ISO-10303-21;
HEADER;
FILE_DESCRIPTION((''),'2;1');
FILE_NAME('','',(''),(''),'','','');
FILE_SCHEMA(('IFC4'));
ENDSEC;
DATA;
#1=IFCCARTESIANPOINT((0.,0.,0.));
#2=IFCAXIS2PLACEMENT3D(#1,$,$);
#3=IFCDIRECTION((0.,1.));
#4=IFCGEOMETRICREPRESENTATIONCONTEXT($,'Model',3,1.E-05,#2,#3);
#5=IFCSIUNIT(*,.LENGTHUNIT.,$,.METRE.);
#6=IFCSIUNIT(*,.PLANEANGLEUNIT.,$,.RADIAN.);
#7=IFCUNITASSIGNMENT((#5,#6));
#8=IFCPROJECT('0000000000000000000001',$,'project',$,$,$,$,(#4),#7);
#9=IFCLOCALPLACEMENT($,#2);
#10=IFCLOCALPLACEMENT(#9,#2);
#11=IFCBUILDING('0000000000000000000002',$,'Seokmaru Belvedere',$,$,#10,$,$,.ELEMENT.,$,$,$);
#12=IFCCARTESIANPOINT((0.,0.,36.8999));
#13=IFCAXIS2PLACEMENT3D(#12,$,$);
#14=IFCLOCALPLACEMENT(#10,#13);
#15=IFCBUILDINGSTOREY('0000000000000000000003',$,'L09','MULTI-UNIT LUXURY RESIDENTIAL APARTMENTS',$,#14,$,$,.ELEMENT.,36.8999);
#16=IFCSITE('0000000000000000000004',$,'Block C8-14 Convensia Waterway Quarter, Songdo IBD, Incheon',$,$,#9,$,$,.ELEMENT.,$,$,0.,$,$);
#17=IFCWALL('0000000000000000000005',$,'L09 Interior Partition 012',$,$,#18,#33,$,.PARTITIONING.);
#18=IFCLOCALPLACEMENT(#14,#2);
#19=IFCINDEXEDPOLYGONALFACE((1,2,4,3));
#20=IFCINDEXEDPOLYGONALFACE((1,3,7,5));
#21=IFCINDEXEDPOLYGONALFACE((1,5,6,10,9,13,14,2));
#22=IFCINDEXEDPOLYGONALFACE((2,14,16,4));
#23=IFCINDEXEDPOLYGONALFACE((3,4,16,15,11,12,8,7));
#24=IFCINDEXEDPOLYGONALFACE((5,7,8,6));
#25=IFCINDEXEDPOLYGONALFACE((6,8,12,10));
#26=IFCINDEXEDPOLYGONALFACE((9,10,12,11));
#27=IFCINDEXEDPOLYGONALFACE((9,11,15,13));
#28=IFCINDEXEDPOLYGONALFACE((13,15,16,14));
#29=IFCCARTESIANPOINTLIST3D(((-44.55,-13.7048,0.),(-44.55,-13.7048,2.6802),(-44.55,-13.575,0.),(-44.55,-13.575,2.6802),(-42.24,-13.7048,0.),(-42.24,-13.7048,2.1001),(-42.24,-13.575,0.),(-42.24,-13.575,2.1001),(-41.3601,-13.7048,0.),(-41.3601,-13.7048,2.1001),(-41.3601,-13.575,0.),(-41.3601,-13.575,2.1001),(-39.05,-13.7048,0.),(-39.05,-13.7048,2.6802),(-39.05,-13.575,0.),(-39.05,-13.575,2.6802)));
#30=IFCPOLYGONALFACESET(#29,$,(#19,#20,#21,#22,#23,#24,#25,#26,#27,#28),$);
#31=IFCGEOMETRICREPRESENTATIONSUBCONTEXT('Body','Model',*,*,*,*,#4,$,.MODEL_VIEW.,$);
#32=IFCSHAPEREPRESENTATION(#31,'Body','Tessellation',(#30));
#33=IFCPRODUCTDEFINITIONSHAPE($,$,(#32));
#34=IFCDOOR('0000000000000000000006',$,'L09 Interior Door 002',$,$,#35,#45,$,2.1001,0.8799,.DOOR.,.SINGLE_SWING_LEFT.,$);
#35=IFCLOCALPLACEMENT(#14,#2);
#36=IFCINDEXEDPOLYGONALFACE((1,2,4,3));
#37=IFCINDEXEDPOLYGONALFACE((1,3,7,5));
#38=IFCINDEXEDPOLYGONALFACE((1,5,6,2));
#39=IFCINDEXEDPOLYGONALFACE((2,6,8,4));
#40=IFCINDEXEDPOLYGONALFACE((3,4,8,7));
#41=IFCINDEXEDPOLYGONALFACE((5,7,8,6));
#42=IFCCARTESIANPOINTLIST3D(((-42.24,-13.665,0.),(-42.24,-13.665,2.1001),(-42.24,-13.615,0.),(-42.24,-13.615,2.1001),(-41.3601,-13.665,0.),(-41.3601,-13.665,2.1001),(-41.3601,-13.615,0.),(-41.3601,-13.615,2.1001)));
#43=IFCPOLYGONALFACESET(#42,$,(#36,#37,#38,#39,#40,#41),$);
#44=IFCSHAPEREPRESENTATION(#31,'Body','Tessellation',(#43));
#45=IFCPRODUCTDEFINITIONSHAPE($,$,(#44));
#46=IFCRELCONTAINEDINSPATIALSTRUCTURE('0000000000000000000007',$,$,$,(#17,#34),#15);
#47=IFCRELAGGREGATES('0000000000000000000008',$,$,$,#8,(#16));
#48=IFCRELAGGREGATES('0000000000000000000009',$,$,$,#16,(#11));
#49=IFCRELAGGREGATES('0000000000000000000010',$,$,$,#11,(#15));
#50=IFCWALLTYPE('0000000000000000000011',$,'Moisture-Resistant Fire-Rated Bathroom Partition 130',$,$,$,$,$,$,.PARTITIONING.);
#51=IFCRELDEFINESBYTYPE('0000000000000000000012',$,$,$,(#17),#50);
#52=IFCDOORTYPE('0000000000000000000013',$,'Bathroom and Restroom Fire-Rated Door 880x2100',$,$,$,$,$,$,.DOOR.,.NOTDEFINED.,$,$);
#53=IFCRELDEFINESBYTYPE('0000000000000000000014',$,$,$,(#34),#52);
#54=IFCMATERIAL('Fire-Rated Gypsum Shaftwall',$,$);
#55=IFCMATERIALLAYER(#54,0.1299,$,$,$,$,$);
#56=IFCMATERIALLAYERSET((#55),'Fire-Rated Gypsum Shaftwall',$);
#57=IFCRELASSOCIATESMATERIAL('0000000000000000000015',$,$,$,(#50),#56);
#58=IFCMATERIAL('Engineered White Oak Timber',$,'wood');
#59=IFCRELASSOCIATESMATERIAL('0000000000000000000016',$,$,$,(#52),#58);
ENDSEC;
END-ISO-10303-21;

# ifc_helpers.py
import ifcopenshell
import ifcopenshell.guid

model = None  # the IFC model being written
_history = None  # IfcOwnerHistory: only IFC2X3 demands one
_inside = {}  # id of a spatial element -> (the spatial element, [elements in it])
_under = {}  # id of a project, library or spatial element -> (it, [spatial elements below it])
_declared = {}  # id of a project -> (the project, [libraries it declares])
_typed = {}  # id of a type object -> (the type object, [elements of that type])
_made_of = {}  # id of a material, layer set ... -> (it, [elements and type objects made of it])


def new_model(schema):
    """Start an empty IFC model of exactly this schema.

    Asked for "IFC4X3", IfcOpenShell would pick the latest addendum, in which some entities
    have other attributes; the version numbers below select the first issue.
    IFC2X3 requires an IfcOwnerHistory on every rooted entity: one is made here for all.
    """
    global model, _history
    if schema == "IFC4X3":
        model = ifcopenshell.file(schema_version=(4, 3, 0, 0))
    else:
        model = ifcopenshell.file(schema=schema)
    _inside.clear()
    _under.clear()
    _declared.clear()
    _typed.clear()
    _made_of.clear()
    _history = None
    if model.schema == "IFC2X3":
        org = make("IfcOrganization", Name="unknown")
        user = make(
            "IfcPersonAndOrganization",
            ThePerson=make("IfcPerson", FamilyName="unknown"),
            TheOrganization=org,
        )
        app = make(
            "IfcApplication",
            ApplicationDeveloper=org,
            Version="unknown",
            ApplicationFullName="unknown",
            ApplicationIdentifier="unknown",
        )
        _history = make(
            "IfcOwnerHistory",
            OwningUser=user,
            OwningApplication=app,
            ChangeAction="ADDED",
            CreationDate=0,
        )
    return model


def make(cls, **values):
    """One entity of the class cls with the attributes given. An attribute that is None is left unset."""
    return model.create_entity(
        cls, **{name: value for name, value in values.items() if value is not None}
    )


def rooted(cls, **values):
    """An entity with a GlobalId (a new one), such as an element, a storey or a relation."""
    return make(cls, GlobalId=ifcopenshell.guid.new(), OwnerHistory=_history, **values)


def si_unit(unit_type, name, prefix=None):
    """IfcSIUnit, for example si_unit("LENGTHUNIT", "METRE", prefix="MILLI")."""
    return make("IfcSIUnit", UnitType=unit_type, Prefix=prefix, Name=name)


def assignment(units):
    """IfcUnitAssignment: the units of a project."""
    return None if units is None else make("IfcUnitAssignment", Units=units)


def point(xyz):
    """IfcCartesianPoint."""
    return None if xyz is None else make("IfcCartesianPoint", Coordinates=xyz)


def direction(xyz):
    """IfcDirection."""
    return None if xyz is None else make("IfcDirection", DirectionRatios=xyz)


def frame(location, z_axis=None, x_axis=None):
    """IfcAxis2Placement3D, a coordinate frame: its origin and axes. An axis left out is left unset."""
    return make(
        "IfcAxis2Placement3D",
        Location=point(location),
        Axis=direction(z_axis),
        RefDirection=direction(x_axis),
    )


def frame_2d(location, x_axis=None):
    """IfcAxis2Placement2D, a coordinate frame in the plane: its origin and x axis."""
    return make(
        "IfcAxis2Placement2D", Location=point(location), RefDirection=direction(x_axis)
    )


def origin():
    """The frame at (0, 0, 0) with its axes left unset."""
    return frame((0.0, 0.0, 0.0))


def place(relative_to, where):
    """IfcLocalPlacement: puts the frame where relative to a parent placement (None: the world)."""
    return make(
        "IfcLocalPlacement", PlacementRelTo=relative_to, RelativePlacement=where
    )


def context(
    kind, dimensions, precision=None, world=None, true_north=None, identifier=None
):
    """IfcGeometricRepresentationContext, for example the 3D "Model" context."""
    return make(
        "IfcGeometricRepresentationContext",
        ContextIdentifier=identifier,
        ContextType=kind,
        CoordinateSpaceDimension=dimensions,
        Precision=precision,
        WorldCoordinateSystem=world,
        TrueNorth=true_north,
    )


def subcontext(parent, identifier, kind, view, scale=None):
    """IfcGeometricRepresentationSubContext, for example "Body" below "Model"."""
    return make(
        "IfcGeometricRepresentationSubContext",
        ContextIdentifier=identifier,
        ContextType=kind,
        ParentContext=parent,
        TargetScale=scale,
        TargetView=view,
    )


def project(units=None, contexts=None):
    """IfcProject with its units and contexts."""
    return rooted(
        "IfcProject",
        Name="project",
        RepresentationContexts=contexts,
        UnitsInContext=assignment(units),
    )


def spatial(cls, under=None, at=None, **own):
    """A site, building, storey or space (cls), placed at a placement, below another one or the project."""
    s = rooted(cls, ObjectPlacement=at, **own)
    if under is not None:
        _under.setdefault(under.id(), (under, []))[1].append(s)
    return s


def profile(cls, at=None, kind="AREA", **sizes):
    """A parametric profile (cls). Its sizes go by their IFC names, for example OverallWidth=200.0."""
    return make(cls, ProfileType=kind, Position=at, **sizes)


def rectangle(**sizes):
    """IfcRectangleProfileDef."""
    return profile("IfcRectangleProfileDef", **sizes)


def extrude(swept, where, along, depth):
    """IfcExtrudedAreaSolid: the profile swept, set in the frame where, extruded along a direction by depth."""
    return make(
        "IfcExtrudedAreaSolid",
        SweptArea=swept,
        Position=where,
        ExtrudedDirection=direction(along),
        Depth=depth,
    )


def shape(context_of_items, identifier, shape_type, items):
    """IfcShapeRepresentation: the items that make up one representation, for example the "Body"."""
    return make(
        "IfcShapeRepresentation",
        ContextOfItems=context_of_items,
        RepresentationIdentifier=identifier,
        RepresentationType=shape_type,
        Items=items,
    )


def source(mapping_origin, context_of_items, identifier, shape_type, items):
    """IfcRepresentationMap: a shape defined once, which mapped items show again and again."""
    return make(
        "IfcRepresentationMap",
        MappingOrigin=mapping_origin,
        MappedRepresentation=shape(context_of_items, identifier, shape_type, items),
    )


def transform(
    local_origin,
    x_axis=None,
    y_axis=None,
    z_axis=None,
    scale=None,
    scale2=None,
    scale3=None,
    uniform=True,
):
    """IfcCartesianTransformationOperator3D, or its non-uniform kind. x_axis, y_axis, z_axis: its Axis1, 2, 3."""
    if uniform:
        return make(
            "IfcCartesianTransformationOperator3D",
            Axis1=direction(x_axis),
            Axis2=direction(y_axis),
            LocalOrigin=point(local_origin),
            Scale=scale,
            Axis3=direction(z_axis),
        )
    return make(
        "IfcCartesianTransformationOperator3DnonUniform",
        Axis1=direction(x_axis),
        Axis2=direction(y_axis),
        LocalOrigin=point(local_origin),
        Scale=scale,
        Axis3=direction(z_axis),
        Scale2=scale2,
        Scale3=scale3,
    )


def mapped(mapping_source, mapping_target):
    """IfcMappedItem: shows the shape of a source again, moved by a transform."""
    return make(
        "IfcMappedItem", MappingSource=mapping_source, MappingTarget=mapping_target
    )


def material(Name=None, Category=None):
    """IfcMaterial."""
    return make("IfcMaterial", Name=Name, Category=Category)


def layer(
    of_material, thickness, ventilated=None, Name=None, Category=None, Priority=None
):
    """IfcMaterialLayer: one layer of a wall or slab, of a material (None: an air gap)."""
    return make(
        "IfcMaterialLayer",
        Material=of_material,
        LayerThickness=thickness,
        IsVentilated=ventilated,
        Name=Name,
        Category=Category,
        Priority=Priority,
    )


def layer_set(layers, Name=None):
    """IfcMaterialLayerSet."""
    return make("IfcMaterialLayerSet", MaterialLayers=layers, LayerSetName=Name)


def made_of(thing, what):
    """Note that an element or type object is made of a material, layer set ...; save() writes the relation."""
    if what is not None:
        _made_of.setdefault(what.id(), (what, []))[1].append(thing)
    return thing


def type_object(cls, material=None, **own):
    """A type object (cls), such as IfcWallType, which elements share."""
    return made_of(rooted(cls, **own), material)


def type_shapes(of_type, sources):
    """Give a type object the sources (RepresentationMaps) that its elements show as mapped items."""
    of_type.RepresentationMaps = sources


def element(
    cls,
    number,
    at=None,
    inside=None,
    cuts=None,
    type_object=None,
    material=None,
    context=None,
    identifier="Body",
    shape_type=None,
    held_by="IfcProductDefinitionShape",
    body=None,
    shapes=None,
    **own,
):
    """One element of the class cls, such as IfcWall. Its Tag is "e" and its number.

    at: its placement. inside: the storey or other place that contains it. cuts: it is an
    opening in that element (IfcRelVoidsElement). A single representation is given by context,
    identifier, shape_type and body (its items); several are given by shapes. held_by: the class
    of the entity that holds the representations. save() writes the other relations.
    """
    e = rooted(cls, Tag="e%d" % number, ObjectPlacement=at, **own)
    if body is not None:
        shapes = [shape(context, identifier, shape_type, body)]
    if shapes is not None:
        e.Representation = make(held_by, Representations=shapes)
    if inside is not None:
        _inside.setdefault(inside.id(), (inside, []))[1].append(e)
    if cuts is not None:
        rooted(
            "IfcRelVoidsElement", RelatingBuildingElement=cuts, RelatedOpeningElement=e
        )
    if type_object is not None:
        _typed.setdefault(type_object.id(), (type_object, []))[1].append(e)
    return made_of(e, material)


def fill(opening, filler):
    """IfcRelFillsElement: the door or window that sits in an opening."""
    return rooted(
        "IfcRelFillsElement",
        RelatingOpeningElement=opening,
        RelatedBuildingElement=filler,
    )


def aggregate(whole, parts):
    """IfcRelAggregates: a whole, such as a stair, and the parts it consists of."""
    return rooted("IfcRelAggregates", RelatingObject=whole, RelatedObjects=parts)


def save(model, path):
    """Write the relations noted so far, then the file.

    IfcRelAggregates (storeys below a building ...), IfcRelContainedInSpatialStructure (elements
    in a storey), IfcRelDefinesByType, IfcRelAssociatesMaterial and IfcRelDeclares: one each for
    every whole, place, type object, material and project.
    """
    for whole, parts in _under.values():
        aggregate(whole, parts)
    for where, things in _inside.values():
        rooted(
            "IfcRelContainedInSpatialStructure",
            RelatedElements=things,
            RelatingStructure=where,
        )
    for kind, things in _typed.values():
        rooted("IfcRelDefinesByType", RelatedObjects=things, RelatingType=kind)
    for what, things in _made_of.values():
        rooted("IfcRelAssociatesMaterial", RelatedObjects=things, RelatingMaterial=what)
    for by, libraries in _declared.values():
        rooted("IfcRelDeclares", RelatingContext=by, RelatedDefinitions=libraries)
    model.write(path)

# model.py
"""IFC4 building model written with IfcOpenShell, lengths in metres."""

from ifc_helpers import new_model, si_unit, direction, frame, frame_2d, origin, place, context, subcontext, project, spatial, rectangle, extrude, source, transform, mapped, material, layer, layer_set, type_object, type_shapes, element, fill, save


model = new_model("IFC4")

# Units and contexts
model_context = context("Model", 3, precision=1e-05, world=origin(), true_north=direction((0.0, 1.0)))
body_context = subcontext(model_context, "Body", "Model", "MODEL_VIEW")
ifc_project = project(units=[si_unit("LENGTHUNIT", "METRE"), si_unit("PLANEANGLEUNIT", "RADIAN")], contexts=[model_context])

# Site, building, storey
site_placement = place(None, origin())
site = spatial("IfcSite", under=ifc_project, at=site_placement, Name="Block C8-14 Convensia Waterway Quarter, Songdo IBD, Incheon", CompositionType="ELEMENT", RefElevation=0.0)
building_placement = place(site_placement, origin())
building = spatial("IfcBuilding", under=site, at=building_placement, Name="Seokmaru Belvedere", CompositionType="ELEMENT")
storey_placement = place(building_placement, frame((0.0, 0.0, 36.8999)))
storey = spatial("IfcBuildingStorey", under=building, at=storey_placement, Name="L09", Description="MULTI-UNIT LUXURY RESIDENTIAL APARTMENTS", CompositionType="ELEMENT", Elevation=36.8999)

# Shared definitions
ifc_material_1 = material(Name="Fire-Rated Gypsum Shaftwall")

# Wall, opening, door
ifc_layer_1 = layer(ifc_material_1, 0.1299)
ifc_layer_set_1 = layer_set([ifc_layer_1], Name="Fire-Rated Gypsum Shaftwall")
wall_type_1 = type_object("IfcWallType", Name="Moisture-Resistant Fire-Rated Bathroom Partition 130", PredefinedType="PARTITIONING", material=ifc_layer_set_1)
wall_1_placement = place(storey_placement, frame((-44.55, -13.6399, 0.0), z_axis=(0.0, 0.0, 1.0), x_axis=(1.0, 0.0, 0.0)))
wall_1 = element("IfcWall", 1, at=wall_1_placement, inside=storey, type_object=wall_type_1, Name="L09 Interior Partition 012", PredefinedType="PARTITIONING", context=body_context, shape_type="SweptSolid", body=[
    extrude(rectangle(XDim=5.5, YDim=0.1299, at=frame_2d((2.75, 0.0))), origin(), (0.0, 0.0, 1.0), 2.6802),
])
opening_1_placement = place(wall_1_placement, frame((2.3101, 0.0, 0.0)))
opening_1 = element("IfcOpeningElement", 2, at=opening_1_placement, cuts=wall_1, PredefinedType="OPENING", context=body_context, shape_type="SweptSolid", body=[
    extrude(rectangle(XDim=0.8799, YDim=2.1001, at=frame_2d((0.4399, 1.05))), frame((0.0, 0.075, 0.0), z_axis=(0.0, -1.0, 0.0), x_axis=(1.0, 0.0, 0.0)), (0.0, 0.0, 1.0), 0.1499),
])
ifc_material_2 = material(Name="Engineered White Oak Timber", Category="wood")
door_type_1 = type_object("IfcDoorType", Name="Bathroom and Restroom Fire-Rated Door 880x2100", OperationType="NOTDEFINED", PredefinedType="DOOR", material=ifc_material_2)
shared_shape_1 = source(origin(), body_context, "Body", "SweptSolid", [
    extrude(rectangle(XDim=0.8799, YDim=2.1001, at=frame_2d((0.4399, 1.05))), frame((0.0, 0.0249, 0.0), z_axis=(0.0, -1.0, 0.0), x_axis=(1.0, 0.0, 0.0)), (0.0, 0.0, 1.0), 0.05),
])
type_shapes(door_type_1, [shared_shape_1])
door_1_placement = place(opening_1_placement, origin())
door_1 = element("IfcDoor", 3, at=door_1_placement, inside=storey, type_object=door_type_1, Name="L09 Interior Door 002", OperationType="SINGLE_SWING_LEFT", OverallHeight=2.1001, OverallWidth=0.8799, PredefinedType="DOOR", context=body_context, shape_type="MappedRepresentation", body=[
    mapped(shared_shape_1, transform((0.0, 0.0, 0.0), scale=1.0)),
])
fill(opening_1, door_1)

save(model, "model.ifc")
